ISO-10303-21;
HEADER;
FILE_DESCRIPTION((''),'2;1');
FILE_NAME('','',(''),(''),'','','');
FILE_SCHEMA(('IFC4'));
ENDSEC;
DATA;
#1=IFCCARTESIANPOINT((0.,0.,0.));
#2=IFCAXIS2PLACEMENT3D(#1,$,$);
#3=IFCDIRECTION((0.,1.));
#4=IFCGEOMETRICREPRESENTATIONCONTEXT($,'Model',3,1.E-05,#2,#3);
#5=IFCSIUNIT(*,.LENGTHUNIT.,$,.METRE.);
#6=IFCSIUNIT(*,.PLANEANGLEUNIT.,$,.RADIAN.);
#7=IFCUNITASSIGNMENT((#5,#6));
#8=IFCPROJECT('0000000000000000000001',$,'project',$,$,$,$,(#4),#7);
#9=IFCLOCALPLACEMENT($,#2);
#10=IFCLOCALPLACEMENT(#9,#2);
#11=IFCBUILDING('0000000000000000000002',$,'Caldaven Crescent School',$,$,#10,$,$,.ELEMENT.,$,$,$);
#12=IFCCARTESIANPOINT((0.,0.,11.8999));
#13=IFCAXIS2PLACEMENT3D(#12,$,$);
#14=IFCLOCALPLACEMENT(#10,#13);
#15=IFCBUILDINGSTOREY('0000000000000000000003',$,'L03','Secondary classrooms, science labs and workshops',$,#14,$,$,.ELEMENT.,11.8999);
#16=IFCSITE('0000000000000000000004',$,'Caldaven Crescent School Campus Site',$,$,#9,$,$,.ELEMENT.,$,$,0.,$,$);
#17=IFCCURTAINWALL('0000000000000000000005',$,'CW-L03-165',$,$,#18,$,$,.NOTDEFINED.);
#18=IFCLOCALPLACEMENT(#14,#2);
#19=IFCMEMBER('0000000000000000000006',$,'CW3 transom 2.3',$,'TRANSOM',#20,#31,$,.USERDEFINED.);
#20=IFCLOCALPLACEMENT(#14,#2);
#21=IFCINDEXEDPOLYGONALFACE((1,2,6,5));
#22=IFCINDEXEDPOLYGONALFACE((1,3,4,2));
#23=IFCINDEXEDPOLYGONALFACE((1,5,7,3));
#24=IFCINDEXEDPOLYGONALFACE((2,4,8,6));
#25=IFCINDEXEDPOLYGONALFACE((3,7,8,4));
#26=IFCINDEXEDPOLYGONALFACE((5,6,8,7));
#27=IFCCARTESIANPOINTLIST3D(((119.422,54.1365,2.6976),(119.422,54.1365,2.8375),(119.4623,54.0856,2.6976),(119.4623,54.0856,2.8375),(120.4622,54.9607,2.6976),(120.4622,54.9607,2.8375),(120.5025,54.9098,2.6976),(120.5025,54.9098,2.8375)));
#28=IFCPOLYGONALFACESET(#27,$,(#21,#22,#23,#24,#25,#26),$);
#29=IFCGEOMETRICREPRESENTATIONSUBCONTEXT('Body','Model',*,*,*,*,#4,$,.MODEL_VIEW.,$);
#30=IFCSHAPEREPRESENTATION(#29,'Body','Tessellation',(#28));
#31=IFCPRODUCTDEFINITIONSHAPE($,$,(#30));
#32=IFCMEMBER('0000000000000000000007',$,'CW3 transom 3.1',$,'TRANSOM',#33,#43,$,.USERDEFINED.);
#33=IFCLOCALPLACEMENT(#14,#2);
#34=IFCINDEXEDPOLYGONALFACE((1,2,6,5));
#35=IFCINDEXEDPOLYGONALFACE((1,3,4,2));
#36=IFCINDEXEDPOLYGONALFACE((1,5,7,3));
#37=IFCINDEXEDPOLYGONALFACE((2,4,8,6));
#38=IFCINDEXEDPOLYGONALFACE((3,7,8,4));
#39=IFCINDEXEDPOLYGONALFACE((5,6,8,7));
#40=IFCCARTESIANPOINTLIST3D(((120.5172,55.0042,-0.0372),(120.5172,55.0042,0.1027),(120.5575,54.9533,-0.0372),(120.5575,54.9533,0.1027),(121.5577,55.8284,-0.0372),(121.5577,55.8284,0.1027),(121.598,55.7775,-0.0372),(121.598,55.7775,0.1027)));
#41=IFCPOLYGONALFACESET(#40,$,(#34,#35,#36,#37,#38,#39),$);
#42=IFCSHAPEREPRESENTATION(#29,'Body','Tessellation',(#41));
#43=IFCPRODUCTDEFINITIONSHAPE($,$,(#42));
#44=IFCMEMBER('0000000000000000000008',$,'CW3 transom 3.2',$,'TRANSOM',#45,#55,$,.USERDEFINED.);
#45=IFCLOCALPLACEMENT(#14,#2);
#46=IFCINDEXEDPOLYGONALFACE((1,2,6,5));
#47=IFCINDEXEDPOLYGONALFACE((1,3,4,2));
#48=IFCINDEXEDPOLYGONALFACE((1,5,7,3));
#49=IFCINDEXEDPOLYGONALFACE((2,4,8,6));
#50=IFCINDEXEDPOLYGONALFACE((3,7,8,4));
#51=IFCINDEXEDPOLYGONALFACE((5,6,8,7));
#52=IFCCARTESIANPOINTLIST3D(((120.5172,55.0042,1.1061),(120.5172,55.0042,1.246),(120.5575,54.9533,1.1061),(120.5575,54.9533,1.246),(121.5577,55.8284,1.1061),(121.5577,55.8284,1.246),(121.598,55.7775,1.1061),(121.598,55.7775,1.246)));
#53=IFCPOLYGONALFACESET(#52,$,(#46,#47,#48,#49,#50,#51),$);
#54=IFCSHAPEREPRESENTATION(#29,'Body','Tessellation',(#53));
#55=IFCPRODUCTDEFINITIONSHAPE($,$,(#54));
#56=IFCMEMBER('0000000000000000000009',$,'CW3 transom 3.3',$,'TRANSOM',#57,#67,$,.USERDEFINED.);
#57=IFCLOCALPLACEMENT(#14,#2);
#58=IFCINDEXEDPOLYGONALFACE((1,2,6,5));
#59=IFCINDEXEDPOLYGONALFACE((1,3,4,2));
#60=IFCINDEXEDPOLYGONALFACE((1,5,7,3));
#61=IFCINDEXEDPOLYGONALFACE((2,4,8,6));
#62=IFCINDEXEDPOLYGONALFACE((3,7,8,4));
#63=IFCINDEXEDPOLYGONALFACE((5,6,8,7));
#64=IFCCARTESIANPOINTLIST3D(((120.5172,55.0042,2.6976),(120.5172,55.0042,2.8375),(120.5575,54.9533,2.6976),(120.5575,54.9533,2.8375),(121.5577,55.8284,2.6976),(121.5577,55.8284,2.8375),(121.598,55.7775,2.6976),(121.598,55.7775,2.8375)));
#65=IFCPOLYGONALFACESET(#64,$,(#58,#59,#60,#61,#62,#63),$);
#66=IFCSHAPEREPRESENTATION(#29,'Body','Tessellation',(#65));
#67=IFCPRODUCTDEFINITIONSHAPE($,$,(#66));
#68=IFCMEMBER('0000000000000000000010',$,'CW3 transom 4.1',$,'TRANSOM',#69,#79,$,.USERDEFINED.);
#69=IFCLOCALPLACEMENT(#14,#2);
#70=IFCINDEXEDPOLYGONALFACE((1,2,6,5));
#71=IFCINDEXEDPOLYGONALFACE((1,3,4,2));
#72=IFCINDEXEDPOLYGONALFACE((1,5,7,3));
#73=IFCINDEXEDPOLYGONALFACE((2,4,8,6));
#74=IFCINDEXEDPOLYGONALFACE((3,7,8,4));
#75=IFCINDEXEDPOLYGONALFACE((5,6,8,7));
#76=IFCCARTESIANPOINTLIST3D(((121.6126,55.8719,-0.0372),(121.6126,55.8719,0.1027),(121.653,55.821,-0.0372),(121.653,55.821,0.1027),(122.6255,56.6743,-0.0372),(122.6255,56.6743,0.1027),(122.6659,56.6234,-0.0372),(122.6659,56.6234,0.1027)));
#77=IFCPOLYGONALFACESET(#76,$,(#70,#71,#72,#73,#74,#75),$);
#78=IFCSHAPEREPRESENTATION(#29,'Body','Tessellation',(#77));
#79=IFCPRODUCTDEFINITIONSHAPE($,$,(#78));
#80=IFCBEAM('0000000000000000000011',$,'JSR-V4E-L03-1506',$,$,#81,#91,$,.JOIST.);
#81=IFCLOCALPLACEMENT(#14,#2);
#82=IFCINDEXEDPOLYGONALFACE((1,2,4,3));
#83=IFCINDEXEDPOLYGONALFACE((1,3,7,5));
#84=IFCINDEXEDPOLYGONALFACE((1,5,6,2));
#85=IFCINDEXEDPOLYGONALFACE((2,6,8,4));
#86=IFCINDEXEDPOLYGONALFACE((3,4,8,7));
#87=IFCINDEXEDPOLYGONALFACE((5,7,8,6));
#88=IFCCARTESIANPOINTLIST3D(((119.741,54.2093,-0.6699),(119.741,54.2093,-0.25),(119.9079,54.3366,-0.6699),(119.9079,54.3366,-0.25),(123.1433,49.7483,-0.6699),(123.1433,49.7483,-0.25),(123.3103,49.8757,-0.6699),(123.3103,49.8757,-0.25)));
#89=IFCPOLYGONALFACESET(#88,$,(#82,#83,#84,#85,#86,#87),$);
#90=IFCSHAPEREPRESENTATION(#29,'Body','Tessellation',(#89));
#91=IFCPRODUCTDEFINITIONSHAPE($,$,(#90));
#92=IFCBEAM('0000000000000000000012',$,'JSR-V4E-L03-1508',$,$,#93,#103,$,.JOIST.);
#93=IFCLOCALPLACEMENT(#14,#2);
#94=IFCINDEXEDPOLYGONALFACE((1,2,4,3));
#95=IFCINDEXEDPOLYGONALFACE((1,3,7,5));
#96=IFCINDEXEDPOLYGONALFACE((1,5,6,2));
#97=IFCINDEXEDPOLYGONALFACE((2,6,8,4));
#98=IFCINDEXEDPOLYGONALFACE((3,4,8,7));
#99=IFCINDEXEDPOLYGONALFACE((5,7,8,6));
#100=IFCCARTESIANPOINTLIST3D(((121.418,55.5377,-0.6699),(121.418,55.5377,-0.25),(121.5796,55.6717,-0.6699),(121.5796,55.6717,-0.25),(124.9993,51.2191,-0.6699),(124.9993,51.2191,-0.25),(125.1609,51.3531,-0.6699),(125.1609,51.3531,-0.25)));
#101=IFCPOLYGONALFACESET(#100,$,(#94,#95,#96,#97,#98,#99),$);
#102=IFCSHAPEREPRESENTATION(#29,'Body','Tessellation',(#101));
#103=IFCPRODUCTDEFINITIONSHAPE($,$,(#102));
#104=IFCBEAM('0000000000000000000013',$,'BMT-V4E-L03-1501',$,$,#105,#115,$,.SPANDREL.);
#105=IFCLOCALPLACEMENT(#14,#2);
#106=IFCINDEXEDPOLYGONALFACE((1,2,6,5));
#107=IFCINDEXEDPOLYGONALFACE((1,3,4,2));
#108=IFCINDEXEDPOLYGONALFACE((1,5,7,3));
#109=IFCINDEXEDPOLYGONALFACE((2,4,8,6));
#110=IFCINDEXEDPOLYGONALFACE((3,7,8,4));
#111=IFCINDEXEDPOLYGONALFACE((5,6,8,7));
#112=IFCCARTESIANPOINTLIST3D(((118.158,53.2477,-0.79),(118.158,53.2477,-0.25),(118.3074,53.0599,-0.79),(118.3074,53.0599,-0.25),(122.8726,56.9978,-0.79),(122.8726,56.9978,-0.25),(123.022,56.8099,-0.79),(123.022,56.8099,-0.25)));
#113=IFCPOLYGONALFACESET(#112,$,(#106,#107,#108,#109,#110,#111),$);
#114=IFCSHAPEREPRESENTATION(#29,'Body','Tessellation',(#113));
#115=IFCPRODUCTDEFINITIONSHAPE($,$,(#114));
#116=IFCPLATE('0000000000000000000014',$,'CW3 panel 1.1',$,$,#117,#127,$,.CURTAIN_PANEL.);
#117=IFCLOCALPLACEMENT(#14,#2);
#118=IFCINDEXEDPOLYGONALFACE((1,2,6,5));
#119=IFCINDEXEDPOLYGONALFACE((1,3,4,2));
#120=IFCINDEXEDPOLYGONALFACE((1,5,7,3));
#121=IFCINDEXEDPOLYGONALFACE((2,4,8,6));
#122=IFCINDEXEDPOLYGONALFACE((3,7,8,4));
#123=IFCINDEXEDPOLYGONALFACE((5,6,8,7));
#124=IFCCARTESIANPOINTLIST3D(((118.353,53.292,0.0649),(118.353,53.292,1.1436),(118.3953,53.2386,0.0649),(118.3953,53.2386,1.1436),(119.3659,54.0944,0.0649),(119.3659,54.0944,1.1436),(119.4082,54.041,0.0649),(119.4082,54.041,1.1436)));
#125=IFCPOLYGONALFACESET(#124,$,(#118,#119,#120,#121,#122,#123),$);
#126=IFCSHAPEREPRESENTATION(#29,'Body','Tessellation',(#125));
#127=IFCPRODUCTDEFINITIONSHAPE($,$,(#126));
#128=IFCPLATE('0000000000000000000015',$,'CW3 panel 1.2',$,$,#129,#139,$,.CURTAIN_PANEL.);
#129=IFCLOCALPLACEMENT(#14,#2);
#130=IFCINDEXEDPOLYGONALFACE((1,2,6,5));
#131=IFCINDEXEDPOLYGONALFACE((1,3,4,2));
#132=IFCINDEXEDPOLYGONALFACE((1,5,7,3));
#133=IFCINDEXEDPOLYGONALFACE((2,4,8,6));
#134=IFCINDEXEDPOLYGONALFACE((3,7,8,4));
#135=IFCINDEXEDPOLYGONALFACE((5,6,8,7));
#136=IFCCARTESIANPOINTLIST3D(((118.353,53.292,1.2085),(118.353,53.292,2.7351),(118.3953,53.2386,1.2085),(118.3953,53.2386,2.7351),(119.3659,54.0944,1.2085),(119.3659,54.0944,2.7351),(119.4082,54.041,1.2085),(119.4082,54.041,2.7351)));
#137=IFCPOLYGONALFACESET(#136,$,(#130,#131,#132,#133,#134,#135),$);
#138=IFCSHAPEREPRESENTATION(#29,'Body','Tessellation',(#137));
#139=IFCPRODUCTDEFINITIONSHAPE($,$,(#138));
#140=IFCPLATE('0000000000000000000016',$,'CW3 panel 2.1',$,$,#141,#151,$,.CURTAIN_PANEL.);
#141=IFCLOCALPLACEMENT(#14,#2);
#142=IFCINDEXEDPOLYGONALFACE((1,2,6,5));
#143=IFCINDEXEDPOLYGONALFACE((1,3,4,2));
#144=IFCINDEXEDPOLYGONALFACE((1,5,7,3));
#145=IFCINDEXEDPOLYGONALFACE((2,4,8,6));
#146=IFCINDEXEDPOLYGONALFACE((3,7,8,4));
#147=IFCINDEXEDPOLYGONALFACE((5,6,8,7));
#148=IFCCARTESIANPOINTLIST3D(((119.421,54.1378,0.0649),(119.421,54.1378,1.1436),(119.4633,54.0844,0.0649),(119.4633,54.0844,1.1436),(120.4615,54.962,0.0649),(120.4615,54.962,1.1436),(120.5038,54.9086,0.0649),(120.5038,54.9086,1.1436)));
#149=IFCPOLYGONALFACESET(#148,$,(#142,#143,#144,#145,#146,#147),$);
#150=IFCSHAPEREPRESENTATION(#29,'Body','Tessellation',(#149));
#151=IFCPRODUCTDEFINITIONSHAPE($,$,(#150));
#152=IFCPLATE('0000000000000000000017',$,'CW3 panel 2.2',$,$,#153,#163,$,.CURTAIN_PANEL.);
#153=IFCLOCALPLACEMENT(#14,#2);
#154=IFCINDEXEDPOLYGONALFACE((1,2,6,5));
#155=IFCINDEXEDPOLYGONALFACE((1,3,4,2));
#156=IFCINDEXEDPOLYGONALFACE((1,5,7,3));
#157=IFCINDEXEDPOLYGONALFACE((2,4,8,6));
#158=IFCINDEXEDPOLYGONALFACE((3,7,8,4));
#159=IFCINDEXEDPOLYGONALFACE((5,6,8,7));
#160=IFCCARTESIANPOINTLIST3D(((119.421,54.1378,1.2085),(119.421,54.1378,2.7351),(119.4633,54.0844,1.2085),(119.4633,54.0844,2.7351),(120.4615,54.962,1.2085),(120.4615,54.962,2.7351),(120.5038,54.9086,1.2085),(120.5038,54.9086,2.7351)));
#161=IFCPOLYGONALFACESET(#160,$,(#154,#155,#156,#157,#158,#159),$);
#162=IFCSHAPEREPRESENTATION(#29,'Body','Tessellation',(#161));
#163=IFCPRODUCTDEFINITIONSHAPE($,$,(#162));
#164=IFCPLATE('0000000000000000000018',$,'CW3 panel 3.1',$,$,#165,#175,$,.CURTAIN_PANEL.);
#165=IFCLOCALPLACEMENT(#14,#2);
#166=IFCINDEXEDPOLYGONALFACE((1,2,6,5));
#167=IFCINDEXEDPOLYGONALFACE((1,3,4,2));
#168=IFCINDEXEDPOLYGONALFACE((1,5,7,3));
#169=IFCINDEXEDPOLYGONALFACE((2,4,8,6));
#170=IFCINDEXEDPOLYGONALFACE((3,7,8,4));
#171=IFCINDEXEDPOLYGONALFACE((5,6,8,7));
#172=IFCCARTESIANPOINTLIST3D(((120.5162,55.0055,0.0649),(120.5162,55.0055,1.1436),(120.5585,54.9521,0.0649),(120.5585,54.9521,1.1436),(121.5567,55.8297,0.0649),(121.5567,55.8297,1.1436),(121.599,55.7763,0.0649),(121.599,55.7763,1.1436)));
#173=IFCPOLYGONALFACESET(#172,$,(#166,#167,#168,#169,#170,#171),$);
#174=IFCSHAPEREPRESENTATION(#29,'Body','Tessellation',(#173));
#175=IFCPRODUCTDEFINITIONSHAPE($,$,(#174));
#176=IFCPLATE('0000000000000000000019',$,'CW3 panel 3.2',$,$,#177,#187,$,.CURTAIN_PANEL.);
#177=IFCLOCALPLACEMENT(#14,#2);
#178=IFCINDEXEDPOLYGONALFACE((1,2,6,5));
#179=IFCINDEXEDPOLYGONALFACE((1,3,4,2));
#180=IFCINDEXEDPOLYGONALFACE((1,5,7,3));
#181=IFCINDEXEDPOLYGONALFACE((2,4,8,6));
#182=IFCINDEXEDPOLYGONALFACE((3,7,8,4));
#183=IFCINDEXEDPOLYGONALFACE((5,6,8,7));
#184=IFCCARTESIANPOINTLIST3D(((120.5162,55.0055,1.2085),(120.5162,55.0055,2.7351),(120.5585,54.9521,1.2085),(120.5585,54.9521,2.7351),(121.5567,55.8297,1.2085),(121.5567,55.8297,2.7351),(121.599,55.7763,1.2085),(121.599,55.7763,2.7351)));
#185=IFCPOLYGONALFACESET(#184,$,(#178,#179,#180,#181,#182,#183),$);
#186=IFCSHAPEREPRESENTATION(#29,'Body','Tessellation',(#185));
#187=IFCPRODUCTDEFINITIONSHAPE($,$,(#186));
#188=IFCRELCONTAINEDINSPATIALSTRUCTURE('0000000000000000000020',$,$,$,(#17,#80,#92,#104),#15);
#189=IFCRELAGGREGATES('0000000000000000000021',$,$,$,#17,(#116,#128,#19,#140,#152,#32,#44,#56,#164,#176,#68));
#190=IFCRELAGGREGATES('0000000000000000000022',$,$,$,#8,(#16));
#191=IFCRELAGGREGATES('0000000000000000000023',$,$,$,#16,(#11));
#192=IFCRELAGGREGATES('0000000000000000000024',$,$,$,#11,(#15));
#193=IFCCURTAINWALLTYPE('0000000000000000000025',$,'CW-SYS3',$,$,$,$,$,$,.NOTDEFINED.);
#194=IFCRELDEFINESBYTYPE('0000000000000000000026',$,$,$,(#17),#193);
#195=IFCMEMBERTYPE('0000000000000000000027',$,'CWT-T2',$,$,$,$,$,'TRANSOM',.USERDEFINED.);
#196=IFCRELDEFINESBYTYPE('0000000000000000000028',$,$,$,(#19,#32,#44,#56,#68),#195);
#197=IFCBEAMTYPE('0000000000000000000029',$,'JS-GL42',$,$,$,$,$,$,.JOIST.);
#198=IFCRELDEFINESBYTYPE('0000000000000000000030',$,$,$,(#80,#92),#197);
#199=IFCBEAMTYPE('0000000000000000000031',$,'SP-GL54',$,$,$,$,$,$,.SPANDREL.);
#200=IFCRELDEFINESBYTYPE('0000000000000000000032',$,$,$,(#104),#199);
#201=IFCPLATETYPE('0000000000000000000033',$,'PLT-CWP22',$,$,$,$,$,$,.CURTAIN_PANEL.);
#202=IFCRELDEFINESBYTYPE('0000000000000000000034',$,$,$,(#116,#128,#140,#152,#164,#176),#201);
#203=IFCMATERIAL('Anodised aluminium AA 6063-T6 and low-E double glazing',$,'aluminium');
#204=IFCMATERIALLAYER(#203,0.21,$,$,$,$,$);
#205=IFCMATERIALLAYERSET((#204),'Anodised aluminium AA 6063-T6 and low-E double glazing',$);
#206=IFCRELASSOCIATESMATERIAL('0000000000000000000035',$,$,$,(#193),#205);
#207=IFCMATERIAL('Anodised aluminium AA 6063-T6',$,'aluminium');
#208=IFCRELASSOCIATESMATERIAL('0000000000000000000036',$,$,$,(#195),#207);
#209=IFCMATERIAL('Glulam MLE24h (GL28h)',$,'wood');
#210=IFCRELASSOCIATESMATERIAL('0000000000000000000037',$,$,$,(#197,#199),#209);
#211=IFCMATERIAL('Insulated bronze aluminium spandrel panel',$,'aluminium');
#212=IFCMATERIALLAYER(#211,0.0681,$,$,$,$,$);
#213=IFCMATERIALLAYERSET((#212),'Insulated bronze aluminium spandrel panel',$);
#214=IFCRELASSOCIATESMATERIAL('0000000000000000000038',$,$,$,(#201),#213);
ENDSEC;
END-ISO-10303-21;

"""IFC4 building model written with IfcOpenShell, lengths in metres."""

from ifc_helpers import new_model, si_unit, direction, frame, origin, origin_2d, place, context, subcontext, project, spatial, rectangle, extrude, material, layer, layer_set, material_profile, profile_set, type_object, element, aggregate, save


model = new_model("IFC4")

# Units and contexts
model_context = context("Model", 3, precision=1e-05, world=origin(), true_north=direction((0.0, 1.0)))
body_context = subcontext(model_context, "Body", "Model", "MODEL_VIEW")
ifc_project = project(units=[si_unit("LENGTHUNIT", "METRE"), si_unit("PLANEANGLEUNIT", "RADIAN")], contexts=[model_context])

# Site, building, storey
site_placement = place(None, origin())
site = spatial("IfcSite", under=ifc_project, at=site_placement, Name="Caldaven Crescent School Campus Site", CompositionType="ELEMENT", RefElevation=0.0)
building_placement = place(site_placement, origin())
building = spatial("IfcBuilding", under=site, at=building_placement, Name="Caldaven Crescent School", CompositionType="ELEMENT")
storey_placement = place(building_placement, frame((0.0, 0.0, 11.8999)))
storey = spatial("IfcBuildingStorey", under=building, at=storey_placement, Name="L03", Description="Secondary classrooms, science labs and workshops", CompositionType="ELEMENT", Elevation=11.8999)

# Shared definitions
ifc_material_1 = material(Name="Glulam MLE24h (GL28h)", Category="wood")

# Curtain wall, members
ifc_material_2 = material(Name="Anodised aluminium AA 6063-T6 and low-E double glazing", Category="aluminium")
ifc_layer_1 = layer(ifc_material_2, 0.21)
ifc_layer_set_1 = layer_set([ifc_layer_1], Name="Anodised aluminium AA 6063-T6 and low-E double glazing")
curtain_wall_type = type_object("IfcCurtainWallType", Name="CW-SYS3", PredefinedType="NOTDEFINED", material=ifc_layer_set_1)
curtain_wall_placement = place(storey_placement, origin())
curtain_wall = element("IfcCurtainWall", 1, at=curtain_wall_placement, inside=storey, type_object=curtain_wall_type, Name="CW-L03-165", PredefinedType="NOTDEFINED")
ifc_material_3 = material(Name="Anodised aluminium AA 6063-T6", Category="aluminium")
ifc_material_profile_1 = material_profile(ifc_material_3, rectangle(XDim=0.0649, YDim=0.1399, at=origin_2d()), Name="CWT 65x140")
ifc_profile_set_1 = profile_set([ifc_material_profile_1], Name="Anodised aluminium AA 6063-T6")
member_type_1 = type_object("IfcMemberType", Name="CWT-T2", ElementType="TRANSOM", PredefinedType="USERDEFINED", material=ifc_profile_set_1)
member_1_placement = place(storey_placement, frame((119.4421, 54.1111, 2.7676), z_axis=(0.783803, 0.621009, 0.0), x_axis=(-0.621009, 0.783803, 0.0)))
member_1 = element("IfcMember", 2, at=member_1_placement, type_object=member_type_1, Name="CW3 transom 2.3", ObjectType="TRANSOM", PredefinedType="USERDEFINED", context=body_context, shape_type="SweptSolid", body=[
    extrude(rectangle(XDim=0.0649, YDim=0.1399, at=origin_2d()), origin(), (0.0, 0.0, 1.0), 1.3271),
])
member_2_placement = place(storey_placement, frame((120.5374, 54.9788, 0.0327), z_axis=(0.783874, 0.62092, 0.0), x_axis=(-0.62092, 0.783874, 0.0)))
member_2 = element("IfcMember", 3, at=member_2_placement, type_object=member_type_1, Name="CW3 transom 3.1", ObjectType="TRANSOM", PredefinedType="USERDEFINED", context=body_context, shape_type="SweptSolid", body=[
    extrude(rectangle(XDim=0.0649, YDim=0.1399, at=origin_2d()), origin(), (0.0, 0.0, 1.0), 1.3274),
])
member_3_placement = place(storey_placement, frame((120.5374, 54.9788, 1.176), z_axis=(0.783874, 0.62092, 0.0), x_axis=(-0.62092, 0.783874, 0.0)))
member_3 = element("IfcMember", 4, at=member_3_placement, type_object=member_type_1, Name="CW3 transom 3.2", ObjectType="TRANSOM", PredefinedType="USERDEFINED", context=body_context, shape_type="SweptSolid", body=[
    extrude(rectangle(XDim=0.0649, YDim=0.1399, at=origin_2d()), origin(), (0.0, 0.0, 1.0), 1.3274),
])
member_4_placement = place(storey_placement, frame((120.5374, 54.9788, 2.7676), z_axis=(0.783874, 0.62092, 0.0), x_axis=(-0.62092, 0.783874, 0.0)))
member_4 = element("IfcMember", 5, at=member_4_placement, type_object=member_type_1, Name="CW3 transom 3.3", ObjectType="TRANSOM", PredefinedType="USERDEFINED", context=body_context, shape_type="SweptSolid", body=[
    extrude(rectangle(XDim=0.0649, YDim=0.1399, at=origin_2d()), origin(), (0.0, 0.0, 1.0), 1.3274),
])
member_5_placement = place(storey_placement, frame((121.6328, 55.8464, 0.0327), z_axis=(0.783827, 0.620979, 0.0), x_axis=(-0.620979, 0.783827, 0.0)))
member_5 = element("IfcMember", 6, at=member_5_placement, type_object=member_type_1, Name="CW3 transom 4.1", ObjectType="TRANSOM", PredefinedType="USERDEFINED", context=body_context, shape_type="SweptSolid", body=[
    extrude(rectangle(XDim=0.0649, YDim=0.1399, at=origin_2d()), origin(), (0.0, 0.0, 1.0), 1.2922),
])

# Beams
ifc_material_profile_2 = material_profile(ifc_material_1, rectangle(XDim=0.21, YDim=0.4199, at=origin_2d()), Name="MLE 210x420")
ifc_profile_set_2 = profile_set([ifc_material_profile_2], Name="Glulam MLE24h (GL28h)")
beam_type_1 = type_object("IfcBeamType", Name="JS-GL42", PredefinedType="JOIST", material=ifc_profile_set_2)
for number, where, z_axis, x_axis, name in (
    (7, (119.8245, 54.2729, -0.46), (0.606442, -0.795128, 0.0), (0.795128, 0.606442, 0.0), "JSR-V4E-L03-1506"),
    (8, (121.4988, 55.6047, -0.46), (0.638338, -0.769756, 0.0), (0.769756, 0.638338, 0.0), "JSR-V4E-L03-1508"),
):
    element("IfcBeam", number, at=place(storey_placement, frame(where, z_axis=z_axis, x_axis=x_axis)), inside=storey, type_object=beam_type_1, Name=name, PredefinedType="JOIST", context=body_context, shape_type="SweptSolid", body=[
        extrude(rectangle(XDim=0.21, YDim=0.4199, at=origin_2d()), origin(), (0.0, 0.0, 1.0), 5.6104),
    ])
ifc_material_profile_3 = material_profile(ifc_material_1, rectangle(XDim=0.24, YDim=0.54, at=origin_2d()), Name="MLE 240x540")
ifc_profile_set_3 = profile_set([ifc_material_profile_3], Name="Glulam MLE24h (GL28h)")
beam_type_2 = type_object("IfcBeamType", Name="SP-GL54", PredefinedType="SPANDREL", material=ifc_profile_set_3)
beam_1_placement = place(storey_placement, frame((118.2327, 53.1538, -0.52), z_axis=(0.782621, 0.622498, 0.0), x_axis=(-0.622498, 0.782621, 0.0)))
element("IfcBeam", 9, at=beam_1_placement, inside=storey, type_object=beam_type_2, Name="BMT-V4E-L03-1501", PredefinedType="SPANDREL", context=body_context, shape_type="SweptSolid", body=[
    extrude(rectangle(XDim=0.24, YDim=0.54, at=origin_2d()), origin(), (0.0, 0.0, 1.0), 6.0242),
])

# Plates
ifc_material_4 = material(Name="Insulated bronze aluminium spandrel panel", Category="aluminium")
ifc_layer_2 = layer(ifc_material_4, 0.0681)
ifc_layer_set_2 = layer_set([ifc_layer_2], Name="Insulated bronze aluminium spandrel panel")
plate_type = type_object("IfcPlateType", Name="PLT-CWP22", PredefinedType="CURTAIN_PANEL", material=ifc_layer_set_2)
plate_1_placement = place(storey_placement, frame((118.8806, 53.6665, 0.0649), z_axis=(0.0, 0.0, 1.0), x_axis=(0.783882, 0.62091, 0.0)))
plate_1 = element("IfcPlate", 10, at=plate_1_placement, type_object=plate_type, Name="CW3 panel 1.1", PredefinedType="CURTAIN_PANEL", context=body_context, shape_type="SweptSolid", body=[
    extrude(rectangle(XDim=1.2922, YDim=0.0681, at=origin_2d()), origin(), (0.0, 0.0, 1.0), 1.0786),
])
plate_2_placement = place(storey_placement, frame((118.8806, 53.6665, 1.2085), z_axis=(0.0, 0.0, 1.0), x_axis=(0.783882, 0.62091, 0.0)))
plate_2 = element("IfcPlate", 11, at=plate_2_placement, type_object=plate_type, Name="CW3 panel 1.2", PredefinedType="CURTAIN_PANEL", context=body_context, shape_type="SweptSolid", body=[
    extrude(rectangle(XDim=1.2922, YDim=0.0681, at=origin_2d()), origin(), (0.0, 0.0, 1.0), 1.5266),
])
plate_3_placement = place(storey_placement, frame((119.9624, 54.5232, 0.0649), z_axis=(0.0, 0.0, 1.0), x_axis=(0.783882, 0.62091, 0.0)))
plate_3 = element("IfcPlate", 12, at=plate_3_placement, type_object=plate_type, Name="CW3 panel 2.1", PredefinedType="CURTAIN_PANEL", context=body_context, shape_type="SweptSolid", body=[
    extrude(rectangle(XDim=1.3274, YDim=0.0681, at=origin_2d()), origin(), (0.0, 0.0, 1.0), 1.0786),
])
plate_4_placement = place(storey_placement, frame((119.9624, 54.5232, 1.2085), z_axis=(0.0, 0.0, 1.0), x_axis=(0.783882, 0.62091, 0.0)))
plate_4 = element("IfcPlate", 13, at=plate_4_placement, type_object=plate_type, Name="CW3 panel 2.2", PredefinedType="CURTAIN_PANEL", context=body_context, shape_type="SweptSolid", body=[
    extrude(rectangle(XDim=1.3274, YDim=0.0681, at=origin_2d()), origin(), (0.0, 0.0, 1.0), 1.5266),
])
plate_5_placement = place(storey_placement, frame((121.0576, 55.3909, 0.0649), z_axis=(0.0, 0.0, 1.0), x_axis=(0.783882, 0.62091, 0.0)))
plate_5 = element("IfcPlate", 14, at=plate_5_placement, type_object=plate_type, Name="CW3 panel 3.1", PredefinedType="CURTAIN_PANEL", context=body_context, shape_type="SweptSolid", body=[
    extrude(rectangle(XDim=1.3274, YDim=0.0681, at=origin_2d()), origin(), (0.0, 0.0, 1.0), 1.0786),
])
plate_6_placement = place(storey_placement, frame((121.0576, 55.3909, 1.2085), z_axis=(0.0, 0.0, 1.0), x_axis=(0.783882, 0.62091, 0.0)))
plate_6 = element("IfcPlate", 15, at=plate_6_placement, type_object=plate_type, Name="CW3 panel 3.2", PredefinedType="CURTAIN_PANEL", context=body_context, shape_type="SweptSolid", body=[
    extrude(rectangle(XDim=1.3274, YDim=0.0681, at=origin_2d()), origin(), (0.0, 0.0, 1.0), 1.5266),
])
aggregate(curtain_wall, [plate_1, plate_2, member_1, plate_3, plate_4, member_2, member_3, member_4, plate_5, plate_6, member_5])

save(model, "model.ifc")
